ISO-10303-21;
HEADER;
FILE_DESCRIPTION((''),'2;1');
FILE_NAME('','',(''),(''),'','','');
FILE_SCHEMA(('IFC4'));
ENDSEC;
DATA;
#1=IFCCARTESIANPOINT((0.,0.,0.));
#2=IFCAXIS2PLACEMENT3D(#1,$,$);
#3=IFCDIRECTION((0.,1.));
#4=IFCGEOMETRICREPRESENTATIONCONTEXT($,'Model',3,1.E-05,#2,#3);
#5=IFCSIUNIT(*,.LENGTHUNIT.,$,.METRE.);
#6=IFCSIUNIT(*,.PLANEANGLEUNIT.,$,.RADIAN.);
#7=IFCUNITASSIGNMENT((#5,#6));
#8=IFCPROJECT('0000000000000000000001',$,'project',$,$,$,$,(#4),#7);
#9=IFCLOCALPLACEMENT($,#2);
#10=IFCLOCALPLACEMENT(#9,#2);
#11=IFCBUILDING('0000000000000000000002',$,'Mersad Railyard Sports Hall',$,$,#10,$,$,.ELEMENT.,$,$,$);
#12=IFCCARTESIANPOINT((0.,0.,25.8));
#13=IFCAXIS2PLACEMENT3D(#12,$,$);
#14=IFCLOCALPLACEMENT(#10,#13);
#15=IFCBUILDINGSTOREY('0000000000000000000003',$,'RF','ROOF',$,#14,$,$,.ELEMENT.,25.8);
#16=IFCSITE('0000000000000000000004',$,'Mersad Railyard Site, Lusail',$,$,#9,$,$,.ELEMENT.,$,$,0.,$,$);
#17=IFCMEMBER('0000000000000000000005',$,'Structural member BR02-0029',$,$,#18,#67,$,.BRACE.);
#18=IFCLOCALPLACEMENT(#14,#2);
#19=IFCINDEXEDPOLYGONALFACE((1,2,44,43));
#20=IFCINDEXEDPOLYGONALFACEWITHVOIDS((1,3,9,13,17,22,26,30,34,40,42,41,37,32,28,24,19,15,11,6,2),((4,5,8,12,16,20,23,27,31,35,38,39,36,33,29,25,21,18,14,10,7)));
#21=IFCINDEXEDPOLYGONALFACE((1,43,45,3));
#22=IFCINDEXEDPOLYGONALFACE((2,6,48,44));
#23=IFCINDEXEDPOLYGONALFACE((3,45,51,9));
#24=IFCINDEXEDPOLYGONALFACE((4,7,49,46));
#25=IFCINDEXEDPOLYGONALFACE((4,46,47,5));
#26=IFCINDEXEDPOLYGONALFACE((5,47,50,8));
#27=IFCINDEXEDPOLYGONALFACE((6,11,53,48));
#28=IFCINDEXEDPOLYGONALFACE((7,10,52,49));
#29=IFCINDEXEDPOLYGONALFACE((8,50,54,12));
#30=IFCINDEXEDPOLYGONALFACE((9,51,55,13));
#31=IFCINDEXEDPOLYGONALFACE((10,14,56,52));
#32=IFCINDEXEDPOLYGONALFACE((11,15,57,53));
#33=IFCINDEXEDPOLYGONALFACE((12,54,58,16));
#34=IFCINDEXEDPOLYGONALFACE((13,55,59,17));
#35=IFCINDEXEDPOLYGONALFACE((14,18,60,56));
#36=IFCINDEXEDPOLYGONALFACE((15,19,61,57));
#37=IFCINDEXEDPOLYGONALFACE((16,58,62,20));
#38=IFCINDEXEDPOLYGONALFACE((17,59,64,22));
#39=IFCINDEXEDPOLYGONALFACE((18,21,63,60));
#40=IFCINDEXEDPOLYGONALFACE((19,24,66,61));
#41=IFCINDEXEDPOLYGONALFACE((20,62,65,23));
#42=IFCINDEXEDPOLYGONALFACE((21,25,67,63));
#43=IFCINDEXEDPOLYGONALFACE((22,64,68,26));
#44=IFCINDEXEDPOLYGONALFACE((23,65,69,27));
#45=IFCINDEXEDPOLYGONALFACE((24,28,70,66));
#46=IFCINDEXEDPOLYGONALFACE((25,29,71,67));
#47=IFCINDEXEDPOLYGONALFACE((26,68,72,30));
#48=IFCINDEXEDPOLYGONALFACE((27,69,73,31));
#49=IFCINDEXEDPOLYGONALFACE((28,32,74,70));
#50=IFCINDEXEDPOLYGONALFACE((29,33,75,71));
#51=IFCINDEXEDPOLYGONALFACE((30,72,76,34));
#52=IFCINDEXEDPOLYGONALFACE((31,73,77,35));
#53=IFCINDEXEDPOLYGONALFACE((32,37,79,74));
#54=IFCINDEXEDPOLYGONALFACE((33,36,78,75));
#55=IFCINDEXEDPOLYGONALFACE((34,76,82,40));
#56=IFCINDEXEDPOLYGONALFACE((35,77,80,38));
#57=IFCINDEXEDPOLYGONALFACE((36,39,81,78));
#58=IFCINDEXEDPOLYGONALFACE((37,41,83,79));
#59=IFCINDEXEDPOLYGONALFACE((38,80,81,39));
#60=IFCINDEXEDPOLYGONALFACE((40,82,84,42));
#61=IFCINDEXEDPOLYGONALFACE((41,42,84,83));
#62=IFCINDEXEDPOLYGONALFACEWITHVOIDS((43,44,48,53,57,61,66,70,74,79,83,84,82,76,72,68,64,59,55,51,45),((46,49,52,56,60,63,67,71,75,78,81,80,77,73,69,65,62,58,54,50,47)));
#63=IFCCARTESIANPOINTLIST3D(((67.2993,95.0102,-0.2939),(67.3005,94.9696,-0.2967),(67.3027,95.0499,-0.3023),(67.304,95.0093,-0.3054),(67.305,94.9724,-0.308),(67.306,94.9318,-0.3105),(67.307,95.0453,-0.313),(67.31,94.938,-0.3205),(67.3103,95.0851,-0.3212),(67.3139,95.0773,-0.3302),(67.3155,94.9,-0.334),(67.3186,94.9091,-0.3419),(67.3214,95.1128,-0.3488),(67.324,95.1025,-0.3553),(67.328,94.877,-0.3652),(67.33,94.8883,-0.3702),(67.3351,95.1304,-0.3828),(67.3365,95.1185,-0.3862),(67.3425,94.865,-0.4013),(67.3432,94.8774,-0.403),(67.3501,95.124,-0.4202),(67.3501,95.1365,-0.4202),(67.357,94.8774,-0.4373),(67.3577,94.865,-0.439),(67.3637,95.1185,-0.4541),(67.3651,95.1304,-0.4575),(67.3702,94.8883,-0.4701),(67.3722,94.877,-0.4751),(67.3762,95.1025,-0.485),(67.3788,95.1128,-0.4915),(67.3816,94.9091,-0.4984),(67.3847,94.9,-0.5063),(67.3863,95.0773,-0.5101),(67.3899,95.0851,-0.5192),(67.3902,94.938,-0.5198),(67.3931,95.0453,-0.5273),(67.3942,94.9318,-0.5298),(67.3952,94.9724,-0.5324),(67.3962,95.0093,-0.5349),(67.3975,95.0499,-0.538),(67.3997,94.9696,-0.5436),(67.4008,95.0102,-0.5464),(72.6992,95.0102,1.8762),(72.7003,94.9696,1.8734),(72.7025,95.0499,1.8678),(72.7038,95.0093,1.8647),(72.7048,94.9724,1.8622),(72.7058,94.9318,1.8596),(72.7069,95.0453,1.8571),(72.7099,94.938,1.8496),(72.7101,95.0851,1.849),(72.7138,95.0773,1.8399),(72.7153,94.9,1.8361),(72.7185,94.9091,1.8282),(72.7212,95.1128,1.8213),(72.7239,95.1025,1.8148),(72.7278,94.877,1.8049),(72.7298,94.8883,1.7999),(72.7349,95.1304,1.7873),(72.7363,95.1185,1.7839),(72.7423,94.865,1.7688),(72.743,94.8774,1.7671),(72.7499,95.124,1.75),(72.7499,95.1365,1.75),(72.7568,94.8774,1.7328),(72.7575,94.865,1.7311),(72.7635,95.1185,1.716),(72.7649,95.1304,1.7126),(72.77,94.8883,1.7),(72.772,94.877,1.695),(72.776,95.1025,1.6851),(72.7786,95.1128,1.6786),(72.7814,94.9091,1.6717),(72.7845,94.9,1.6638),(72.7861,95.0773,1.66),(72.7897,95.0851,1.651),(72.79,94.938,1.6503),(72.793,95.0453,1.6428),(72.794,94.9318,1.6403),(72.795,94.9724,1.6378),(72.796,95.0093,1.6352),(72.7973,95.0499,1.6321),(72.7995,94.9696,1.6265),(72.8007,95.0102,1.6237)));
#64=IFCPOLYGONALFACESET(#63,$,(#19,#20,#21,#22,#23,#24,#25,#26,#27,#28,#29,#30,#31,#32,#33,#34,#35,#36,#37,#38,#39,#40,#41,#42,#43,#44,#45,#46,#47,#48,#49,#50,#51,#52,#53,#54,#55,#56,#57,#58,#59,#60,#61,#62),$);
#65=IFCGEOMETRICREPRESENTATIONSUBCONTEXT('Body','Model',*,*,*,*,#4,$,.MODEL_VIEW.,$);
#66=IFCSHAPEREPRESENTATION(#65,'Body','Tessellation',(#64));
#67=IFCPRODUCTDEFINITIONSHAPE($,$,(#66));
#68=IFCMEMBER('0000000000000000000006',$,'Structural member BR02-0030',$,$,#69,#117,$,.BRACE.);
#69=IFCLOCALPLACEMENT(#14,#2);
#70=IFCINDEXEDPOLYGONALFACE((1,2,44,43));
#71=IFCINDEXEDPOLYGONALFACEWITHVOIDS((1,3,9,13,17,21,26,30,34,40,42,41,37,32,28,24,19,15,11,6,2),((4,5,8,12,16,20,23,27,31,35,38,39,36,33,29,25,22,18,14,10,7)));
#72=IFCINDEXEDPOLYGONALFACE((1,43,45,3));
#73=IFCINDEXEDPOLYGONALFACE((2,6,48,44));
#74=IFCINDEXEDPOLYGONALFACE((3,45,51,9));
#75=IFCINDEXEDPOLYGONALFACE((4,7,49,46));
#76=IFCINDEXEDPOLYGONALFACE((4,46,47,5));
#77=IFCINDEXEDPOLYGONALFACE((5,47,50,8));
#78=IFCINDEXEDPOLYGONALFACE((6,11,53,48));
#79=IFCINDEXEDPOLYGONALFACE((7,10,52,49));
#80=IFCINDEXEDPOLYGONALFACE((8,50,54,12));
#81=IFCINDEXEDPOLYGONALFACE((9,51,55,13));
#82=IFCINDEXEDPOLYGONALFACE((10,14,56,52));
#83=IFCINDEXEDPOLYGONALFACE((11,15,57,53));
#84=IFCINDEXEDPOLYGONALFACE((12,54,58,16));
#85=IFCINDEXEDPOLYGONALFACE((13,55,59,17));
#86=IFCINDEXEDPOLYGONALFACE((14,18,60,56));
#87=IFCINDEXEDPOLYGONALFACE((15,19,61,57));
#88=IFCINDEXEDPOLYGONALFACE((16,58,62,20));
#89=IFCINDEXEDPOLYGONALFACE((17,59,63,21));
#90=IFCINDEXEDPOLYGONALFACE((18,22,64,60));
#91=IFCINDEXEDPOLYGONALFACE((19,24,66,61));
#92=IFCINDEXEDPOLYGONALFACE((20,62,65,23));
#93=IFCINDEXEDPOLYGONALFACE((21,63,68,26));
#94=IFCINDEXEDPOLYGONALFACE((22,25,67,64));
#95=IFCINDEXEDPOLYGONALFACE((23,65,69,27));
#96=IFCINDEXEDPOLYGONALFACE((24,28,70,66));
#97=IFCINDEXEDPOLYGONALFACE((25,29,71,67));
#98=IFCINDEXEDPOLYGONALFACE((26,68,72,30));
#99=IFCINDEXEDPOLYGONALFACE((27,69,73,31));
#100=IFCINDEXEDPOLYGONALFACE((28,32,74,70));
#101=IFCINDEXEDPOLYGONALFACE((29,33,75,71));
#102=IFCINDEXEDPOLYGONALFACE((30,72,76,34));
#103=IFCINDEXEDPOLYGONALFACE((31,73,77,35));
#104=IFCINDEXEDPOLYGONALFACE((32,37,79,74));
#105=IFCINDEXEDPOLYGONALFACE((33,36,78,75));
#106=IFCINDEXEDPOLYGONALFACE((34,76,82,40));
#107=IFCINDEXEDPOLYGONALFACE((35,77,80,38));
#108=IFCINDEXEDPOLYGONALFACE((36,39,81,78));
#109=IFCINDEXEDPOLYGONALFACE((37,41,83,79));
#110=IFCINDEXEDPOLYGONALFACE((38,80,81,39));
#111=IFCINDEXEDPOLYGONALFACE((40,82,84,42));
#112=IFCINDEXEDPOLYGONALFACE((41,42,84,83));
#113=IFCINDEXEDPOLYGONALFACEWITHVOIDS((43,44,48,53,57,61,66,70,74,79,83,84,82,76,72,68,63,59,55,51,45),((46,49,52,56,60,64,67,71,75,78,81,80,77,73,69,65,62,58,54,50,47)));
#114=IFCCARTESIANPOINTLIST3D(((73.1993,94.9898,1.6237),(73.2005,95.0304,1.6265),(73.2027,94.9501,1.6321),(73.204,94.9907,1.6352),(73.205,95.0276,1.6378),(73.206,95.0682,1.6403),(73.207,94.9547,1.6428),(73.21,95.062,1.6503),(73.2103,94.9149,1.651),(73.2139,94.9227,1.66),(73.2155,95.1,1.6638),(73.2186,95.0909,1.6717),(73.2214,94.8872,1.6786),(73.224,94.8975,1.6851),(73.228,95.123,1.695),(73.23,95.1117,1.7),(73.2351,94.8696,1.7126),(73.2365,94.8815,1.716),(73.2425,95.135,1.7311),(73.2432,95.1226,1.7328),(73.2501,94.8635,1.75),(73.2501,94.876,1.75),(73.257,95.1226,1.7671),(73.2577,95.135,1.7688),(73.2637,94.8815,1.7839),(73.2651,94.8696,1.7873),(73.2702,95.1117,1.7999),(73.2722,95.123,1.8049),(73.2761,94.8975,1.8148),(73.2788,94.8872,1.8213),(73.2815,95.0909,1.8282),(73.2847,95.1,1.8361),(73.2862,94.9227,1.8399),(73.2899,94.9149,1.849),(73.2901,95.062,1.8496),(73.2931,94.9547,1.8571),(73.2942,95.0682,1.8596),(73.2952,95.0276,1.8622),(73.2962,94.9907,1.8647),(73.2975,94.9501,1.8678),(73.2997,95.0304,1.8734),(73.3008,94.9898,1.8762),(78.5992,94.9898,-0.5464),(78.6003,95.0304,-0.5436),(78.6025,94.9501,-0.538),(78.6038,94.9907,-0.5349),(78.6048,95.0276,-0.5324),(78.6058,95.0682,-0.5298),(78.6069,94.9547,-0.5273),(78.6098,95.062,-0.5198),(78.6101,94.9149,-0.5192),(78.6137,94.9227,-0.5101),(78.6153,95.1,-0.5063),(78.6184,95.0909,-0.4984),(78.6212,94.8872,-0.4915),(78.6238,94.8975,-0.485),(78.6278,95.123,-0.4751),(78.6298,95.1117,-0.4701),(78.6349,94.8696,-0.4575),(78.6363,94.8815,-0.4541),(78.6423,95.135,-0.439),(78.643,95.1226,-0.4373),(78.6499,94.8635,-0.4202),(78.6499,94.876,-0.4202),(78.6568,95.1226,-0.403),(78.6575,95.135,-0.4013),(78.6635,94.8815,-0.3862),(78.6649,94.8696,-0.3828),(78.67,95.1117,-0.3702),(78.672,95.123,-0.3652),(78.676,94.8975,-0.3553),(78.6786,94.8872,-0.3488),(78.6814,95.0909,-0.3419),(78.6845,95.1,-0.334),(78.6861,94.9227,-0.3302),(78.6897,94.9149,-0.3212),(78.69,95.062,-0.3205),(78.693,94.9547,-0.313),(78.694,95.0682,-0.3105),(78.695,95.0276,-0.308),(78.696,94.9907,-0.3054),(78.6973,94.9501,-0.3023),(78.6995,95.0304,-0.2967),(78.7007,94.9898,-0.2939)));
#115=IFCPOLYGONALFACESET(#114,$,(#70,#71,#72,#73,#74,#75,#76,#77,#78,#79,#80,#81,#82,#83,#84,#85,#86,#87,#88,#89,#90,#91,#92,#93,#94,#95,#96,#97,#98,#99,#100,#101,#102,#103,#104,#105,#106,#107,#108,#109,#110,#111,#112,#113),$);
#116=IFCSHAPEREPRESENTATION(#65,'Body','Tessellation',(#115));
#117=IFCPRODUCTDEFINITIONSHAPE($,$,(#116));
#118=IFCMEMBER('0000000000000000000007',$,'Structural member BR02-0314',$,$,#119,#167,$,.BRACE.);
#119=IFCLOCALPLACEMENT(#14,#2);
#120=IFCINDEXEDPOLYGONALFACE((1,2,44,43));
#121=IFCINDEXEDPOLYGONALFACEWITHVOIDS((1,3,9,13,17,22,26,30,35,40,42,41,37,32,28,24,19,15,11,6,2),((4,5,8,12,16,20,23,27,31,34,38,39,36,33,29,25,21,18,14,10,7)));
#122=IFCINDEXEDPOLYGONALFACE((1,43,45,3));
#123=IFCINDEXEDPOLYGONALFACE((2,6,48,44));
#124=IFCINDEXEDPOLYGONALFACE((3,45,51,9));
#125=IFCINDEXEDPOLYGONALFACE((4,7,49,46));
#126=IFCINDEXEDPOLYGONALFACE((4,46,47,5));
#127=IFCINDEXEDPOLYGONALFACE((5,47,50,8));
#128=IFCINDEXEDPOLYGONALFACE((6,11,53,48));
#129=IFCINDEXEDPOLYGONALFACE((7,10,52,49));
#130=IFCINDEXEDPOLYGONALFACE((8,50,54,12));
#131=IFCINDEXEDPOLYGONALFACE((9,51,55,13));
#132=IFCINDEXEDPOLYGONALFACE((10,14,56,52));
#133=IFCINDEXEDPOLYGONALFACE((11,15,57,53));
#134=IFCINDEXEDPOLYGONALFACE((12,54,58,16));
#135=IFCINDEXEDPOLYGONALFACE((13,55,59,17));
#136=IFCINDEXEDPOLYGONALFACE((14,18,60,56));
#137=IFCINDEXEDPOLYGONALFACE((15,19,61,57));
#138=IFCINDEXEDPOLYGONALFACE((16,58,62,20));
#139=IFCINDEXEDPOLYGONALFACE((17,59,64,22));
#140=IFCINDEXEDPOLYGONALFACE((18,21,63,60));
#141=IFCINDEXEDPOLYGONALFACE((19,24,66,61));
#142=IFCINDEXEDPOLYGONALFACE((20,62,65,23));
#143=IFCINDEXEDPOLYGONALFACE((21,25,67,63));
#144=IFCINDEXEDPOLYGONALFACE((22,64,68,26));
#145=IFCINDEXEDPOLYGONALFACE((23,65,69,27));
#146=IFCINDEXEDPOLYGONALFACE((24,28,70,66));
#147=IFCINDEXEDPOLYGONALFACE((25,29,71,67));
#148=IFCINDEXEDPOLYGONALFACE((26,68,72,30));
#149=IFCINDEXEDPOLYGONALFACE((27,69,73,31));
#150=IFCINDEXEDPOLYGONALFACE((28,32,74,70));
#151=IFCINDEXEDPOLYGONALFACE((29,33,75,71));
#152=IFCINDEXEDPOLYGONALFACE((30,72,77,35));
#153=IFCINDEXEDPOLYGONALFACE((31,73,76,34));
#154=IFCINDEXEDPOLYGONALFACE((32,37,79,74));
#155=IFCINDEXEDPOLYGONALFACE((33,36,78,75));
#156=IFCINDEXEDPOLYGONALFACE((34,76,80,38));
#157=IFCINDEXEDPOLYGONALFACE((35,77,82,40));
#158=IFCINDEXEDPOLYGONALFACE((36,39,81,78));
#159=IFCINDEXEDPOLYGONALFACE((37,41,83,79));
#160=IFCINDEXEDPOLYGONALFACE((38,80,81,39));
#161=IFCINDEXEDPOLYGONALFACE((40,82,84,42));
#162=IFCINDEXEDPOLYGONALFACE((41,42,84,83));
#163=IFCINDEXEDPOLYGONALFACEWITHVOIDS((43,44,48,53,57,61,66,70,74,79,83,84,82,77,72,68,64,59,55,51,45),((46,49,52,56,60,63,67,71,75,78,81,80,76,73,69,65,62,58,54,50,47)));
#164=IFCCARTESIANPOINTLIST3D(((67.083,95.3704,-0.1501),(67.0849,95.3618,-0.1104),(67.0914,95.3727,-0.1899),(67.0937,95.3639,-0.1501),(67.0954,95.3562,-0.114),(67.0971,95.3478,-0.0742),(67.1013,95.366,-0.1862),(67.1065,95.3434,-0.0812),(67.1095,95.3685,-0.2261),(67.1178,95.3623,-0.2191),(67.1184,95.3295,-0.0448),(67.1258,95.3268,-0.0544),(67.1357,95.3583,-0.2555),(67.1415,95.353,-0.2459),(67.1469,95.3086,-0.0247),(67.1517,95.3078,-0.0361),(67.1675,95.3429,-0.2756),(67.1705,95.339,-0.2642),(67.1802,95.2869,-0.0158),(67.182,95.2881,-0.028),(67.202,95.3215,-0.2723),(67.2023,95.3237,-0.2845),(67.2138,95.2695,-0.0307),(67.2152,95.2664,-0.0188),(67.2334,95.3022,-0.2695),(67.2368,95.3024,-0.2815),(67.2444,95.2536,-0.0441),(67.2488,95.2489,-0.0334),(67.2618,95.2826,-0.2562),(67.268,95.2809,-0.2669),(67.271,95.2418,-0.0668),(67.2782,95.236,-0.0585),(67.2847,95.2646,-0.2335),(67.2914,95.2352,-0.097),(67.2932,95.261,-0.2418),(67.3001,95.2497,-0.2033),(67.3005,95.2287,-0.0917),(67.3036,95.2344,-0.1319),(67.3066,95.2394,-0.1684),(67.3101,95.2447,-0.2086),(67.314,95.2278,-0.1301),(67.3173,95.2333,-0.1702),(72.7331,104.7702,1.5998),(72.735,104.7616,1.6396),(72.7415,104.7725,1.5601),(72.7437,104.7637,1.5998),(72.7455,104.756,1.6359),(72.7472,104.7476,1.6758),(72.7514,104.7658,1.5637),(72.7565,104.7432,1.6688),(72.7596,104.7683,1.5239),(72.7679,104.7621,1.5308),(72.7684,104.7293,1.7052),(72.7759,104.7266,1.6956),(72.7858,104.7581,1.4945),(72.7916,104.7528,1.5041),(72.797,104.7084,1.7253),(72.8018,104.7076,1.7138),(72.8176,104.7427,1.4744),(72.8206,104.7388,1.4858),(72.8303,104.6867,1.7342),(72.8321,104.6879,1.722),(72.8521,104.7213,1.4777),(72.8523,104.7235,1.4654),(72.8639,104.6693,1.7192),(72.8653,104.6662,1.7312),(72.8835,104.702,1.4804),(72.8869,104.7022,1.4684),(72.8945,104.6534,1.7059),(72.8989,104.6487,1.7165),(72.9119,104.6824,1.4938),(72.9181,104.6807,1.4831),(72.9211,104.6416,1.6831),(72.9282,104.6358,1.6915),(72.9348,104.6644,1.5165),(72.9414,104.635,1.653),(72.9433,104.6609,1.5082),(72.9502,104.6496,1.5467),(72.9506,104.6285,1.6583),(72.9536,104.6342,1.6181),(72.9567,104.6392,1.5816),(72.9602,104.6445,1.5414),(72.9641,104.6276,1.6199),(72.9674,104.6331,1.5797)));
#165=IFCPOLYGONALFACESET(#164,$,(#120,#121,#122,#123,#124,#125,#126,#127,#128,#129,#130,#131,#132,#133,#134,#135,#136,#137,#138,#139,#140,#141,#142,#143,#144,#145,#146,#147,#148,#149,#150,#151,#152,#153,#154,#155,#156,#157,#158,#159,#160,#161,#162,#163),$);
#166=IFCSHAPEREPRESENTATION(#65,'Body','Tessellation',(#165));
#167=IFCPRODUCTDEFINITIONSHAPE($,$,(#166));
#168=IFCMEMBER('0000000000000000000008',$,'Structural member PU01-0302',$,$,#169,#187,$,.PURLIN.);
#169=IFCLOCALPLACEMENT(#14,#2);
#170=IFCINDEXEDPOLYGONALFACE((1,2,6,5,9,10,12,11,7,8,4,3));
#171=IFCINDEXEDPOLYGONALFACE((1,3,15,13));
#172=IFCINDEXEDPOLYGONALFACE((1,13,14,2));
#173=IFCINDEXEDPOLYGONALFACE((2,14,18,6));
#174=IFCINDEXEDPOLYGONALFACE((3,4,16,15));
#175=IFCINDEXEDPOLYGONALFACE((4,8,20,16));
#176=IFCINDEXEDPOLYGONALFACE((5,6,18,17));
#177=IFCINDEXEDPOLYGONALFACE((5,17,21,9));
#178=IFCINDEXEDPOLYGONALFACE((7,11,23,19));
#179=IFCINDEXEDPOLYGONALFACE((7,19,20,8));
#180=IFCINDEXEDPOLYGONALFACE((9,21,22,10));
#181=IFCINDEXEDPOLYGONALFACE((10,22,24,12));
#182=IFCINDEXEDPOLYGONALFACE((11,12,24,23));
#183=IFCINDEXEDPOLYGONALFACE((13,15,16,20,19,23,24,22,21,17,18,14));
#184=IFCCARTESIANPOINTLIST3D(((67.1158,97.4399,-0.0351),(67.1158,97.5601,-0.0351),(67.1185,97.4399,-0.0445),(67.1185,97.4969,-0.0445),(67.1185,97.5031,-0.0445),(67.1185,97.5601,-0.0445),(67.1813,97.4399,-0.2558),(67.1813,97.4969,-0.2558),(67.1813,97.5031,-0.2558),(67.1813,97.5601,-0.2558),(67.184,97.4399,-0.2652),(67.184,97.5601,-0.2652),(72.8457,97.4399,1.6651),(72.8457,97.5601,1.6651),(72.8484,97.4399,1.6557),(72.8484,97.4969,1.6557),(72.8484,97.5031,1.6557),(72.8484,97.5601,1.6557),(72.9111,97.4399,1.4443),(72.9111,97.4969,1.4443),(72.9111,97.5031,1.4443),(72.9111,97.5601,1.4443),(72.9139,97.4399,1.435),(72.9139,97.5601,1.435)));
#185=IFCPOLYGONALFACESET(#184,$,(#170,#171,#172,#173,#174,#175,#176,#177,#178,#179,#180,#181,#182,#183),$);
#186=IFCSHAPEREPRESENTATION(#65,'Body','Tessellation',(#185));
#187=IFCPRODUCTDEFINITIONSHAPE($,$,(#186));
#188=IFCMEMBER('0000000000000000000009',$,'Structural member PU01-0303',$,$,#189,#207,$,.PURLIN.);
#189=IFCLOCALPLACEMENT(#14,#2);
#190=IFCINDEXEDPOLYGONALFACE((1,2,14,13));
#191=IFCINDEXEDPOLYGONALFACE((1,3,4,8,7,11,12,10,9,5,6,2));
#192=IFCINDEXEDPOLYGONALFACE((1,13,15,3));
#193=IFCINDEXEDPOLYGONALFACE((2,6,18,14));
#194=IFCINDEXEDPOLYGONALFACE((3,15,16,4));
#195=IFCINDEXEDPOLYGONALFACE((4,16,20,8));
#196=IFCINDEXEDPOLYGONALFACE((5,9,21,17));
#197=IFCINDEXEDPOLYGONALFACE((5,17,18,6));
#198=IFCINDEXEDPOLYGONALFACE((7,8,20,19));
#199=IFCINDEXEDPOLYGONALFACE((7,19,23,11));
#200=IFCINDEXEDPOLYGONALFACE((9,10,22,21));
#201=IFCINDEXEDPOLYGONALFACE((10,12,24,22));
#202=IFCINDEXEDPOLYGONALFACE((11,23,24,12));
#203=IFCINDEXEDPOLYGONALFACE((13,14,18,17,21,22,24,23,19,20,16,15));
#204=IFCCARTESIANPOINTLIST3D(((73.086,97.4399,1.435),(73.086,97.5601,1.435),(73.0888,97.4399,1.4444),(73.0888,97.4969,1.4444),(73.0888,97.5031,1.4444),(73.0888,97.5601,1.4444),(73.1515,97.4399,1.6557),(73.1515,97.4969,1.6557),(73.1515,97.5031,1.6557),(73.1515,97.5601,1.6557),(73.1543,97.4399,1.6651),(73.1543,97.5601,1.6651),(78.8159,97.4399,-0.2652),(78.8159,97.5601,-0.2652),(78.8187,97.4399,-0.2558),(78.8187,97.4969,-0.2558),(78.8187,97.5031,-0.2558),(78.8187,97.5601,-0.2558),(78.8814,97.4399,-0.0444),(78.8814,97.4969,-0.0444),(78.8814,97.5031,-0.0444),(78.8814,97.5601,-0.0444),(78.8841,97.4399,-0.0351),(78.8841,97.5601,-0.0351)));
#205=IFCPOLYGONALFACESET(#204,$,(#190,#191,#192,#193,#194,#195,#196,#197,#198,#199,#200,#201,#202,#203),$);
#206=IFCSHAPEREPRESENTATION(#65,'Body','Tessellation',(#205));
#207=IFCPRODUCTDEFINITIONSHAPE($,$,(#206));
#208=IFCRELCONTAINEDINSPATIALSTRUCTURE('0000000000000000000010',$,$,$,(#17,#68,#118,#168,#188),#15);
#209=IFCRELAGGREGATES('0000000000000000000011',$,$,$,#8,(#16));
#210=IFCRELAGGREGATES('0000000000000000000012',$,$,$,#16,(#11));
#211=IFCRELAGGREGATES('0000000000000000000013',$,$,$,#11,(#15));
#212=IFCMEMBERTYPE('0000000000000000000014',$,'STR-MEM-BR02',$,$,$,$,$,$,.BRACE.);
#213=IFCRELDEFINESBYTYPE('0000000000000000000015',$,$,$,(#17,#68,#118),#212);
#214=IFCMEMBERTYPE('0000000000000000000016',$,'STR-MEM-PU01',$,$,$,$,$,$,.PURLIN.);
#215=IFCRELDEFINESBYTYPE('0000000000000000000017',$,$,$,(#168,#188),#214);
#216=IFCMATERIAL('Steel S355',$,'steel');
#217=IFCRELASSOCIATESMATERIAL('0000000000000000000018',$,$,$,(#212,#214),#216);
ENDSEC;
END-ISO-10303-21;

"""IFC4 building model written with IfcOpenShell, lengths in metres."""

from ifc_helpers import new_model, si_unit, direction, frame, origin, origin_2d, place, context, subcontext, project, spatial, hollow_circle, i_section, extrude, material, material_profile, profile_set, type_object, element, save


model = new_model("IFC4")

# Units and contexts
model_context = context("Model", 3, precision=1e-05, world=origin(), true_north=direction((0.0, 1.0)))
body_context = subcontext(model_context, "Body", "Model", "MODEL_VIEW")
ifc_project = project(units=[si_unit("LENGTHUNIT", "METRE"), si_unit("PLANEANGLEUNIT", "RADIAN")], contexts=[model_context])

# Site, building, storey
site_placement = place(None, origin())
site = spatial("IfcSite", under=ifc_project, at=site_placement, Name="Mersad Railyard Site, Lusail", CompositionType="ELEMENT", RefElevation=0.0)
building_placement = place(site_placement, origin())
building = spatial("IfcBuilding", under=site, at=building_placement, Name="Mersad Railyard Sports Hall", CompositionType="ELEMENT")
storey_placement = place(building_placement, frame((0.0, 0.0, 25.8)))
storey = spatial("IfcBuildingStorey", under=building, at=storey_placement, Name="RF", Description="ROOF", CompositionType="ELEMENT", Elevation=25.8)

# Shared definitions
ifc_material_1 = material(Name="Steel S355", Category="steel")

# Members
ifc_material_profile_1 = material_profile(ifc_material_1, hollow_circle(Radius=0.1365, WallThickness=0.0125, at=origin_2d()), Name="CHS 273x12.5")
ifc_profile_set_1 = profile_set([ifc_material_profile_1], Name="Steel S355")
member_type_1 = type_object("IfcMemberType", Name="STR-MEM-BR02", PredefinedType="BRACE", material=ifc_profile_set_1)
for number, where, z_axis, x_axis, name in (
    (1, (67.3501, 95.0, -0.4202), (0.927871, 0.0, 0.372902), (0.0, 1.0, 0.0), "Structural member BR02-0029"),
    (2, (78.6499, 95.0, -0.4202), (-0.927871, 0.0, 0.372902), (0.0, -1.0, 0.0), "Structural member BR02-0030"),
):
    element("IfcMember", number, at=place(storey_placement, frame(where, z_axis=z_axis, x_axis=x_axis)), inside=storey, type_object=member_type_1, Name=name, PredefinedType="BRACE", context=body_context, shape_type="SweptSolid", body=[
        extrude(hollow_circle(Radius=0.1365, WallThickness=0.0125, at=origin_2d()), origin(), (0.0, 0.0, 1.0), 5.8196),
    ])
member_placement = place(storey_placement, frame((67.2, 95.3, -0.1501), z_axis=(0.508744, 0.846375, 0.157571), x_axis=(-0.857082, 0.51518, 0.0)))
element("IfcMember", 3, at=member_placement, inside=storey, type_object=member_type_1, Name="Structural member BR02-0314", PredefinedType="BRACE", context=body_context, shape_type="SweptSolid", body=[
    extrude(hollow_circle(Radius=0.1365, WallThickness=0.0125, at=origin_2d()), origin(), (0.0, 0.0, 1.0), 11.106),
])
ifc_material_profile_2 = material_profile(ifc_material_1, i_section(OverallWidth=0.1201, OverallDepth=0.24, WebThickness=0.0061, FlangeThickness=0.0098, at=origin_2d()), Name="IPE 240")
ifc_profile_set_2 = profile_set([ifc_material_profile_2], Name="Steel S355")
member_type_2 = type_object("IfcMemberType", Name="STR-MEM-PU01", PredefinedType="PURLIN", material=ifc_profile_set_2)
for number, where, z_axis, x_axis, name in (
    (4, (67.1499, 97.5, -0.1501), (0.958688, 0.0, 0.284461), (0.0, 1.0, 0.0), "Structural member PU01-0302"),
    (5, (73.1201, 97.5, 1.55), (0.958688, 0.0, -0.284461), (0.0, 1.0, 0.0), "Structural member PU01-0303"),
):
    element("IfcMember", number, at=place(storey_placement, frame(where, z_axis=z_axis, x_axis=x_axis)), inside=storey, type_object=member_type_2, Name=name, PredefinedType="PURLIN", context=body_context, shape_type="SweptSolid", body=[
        extrude(i_section(OverallWidth=0.1201, OverallDepth=0.24, WebThickness=0.0061, FlangeThickness=0.0098, at=origin_2d()), origin(), (0.0, 0.0, 1.0), 5.9768),
    ])

save(model, "model.ifc")
